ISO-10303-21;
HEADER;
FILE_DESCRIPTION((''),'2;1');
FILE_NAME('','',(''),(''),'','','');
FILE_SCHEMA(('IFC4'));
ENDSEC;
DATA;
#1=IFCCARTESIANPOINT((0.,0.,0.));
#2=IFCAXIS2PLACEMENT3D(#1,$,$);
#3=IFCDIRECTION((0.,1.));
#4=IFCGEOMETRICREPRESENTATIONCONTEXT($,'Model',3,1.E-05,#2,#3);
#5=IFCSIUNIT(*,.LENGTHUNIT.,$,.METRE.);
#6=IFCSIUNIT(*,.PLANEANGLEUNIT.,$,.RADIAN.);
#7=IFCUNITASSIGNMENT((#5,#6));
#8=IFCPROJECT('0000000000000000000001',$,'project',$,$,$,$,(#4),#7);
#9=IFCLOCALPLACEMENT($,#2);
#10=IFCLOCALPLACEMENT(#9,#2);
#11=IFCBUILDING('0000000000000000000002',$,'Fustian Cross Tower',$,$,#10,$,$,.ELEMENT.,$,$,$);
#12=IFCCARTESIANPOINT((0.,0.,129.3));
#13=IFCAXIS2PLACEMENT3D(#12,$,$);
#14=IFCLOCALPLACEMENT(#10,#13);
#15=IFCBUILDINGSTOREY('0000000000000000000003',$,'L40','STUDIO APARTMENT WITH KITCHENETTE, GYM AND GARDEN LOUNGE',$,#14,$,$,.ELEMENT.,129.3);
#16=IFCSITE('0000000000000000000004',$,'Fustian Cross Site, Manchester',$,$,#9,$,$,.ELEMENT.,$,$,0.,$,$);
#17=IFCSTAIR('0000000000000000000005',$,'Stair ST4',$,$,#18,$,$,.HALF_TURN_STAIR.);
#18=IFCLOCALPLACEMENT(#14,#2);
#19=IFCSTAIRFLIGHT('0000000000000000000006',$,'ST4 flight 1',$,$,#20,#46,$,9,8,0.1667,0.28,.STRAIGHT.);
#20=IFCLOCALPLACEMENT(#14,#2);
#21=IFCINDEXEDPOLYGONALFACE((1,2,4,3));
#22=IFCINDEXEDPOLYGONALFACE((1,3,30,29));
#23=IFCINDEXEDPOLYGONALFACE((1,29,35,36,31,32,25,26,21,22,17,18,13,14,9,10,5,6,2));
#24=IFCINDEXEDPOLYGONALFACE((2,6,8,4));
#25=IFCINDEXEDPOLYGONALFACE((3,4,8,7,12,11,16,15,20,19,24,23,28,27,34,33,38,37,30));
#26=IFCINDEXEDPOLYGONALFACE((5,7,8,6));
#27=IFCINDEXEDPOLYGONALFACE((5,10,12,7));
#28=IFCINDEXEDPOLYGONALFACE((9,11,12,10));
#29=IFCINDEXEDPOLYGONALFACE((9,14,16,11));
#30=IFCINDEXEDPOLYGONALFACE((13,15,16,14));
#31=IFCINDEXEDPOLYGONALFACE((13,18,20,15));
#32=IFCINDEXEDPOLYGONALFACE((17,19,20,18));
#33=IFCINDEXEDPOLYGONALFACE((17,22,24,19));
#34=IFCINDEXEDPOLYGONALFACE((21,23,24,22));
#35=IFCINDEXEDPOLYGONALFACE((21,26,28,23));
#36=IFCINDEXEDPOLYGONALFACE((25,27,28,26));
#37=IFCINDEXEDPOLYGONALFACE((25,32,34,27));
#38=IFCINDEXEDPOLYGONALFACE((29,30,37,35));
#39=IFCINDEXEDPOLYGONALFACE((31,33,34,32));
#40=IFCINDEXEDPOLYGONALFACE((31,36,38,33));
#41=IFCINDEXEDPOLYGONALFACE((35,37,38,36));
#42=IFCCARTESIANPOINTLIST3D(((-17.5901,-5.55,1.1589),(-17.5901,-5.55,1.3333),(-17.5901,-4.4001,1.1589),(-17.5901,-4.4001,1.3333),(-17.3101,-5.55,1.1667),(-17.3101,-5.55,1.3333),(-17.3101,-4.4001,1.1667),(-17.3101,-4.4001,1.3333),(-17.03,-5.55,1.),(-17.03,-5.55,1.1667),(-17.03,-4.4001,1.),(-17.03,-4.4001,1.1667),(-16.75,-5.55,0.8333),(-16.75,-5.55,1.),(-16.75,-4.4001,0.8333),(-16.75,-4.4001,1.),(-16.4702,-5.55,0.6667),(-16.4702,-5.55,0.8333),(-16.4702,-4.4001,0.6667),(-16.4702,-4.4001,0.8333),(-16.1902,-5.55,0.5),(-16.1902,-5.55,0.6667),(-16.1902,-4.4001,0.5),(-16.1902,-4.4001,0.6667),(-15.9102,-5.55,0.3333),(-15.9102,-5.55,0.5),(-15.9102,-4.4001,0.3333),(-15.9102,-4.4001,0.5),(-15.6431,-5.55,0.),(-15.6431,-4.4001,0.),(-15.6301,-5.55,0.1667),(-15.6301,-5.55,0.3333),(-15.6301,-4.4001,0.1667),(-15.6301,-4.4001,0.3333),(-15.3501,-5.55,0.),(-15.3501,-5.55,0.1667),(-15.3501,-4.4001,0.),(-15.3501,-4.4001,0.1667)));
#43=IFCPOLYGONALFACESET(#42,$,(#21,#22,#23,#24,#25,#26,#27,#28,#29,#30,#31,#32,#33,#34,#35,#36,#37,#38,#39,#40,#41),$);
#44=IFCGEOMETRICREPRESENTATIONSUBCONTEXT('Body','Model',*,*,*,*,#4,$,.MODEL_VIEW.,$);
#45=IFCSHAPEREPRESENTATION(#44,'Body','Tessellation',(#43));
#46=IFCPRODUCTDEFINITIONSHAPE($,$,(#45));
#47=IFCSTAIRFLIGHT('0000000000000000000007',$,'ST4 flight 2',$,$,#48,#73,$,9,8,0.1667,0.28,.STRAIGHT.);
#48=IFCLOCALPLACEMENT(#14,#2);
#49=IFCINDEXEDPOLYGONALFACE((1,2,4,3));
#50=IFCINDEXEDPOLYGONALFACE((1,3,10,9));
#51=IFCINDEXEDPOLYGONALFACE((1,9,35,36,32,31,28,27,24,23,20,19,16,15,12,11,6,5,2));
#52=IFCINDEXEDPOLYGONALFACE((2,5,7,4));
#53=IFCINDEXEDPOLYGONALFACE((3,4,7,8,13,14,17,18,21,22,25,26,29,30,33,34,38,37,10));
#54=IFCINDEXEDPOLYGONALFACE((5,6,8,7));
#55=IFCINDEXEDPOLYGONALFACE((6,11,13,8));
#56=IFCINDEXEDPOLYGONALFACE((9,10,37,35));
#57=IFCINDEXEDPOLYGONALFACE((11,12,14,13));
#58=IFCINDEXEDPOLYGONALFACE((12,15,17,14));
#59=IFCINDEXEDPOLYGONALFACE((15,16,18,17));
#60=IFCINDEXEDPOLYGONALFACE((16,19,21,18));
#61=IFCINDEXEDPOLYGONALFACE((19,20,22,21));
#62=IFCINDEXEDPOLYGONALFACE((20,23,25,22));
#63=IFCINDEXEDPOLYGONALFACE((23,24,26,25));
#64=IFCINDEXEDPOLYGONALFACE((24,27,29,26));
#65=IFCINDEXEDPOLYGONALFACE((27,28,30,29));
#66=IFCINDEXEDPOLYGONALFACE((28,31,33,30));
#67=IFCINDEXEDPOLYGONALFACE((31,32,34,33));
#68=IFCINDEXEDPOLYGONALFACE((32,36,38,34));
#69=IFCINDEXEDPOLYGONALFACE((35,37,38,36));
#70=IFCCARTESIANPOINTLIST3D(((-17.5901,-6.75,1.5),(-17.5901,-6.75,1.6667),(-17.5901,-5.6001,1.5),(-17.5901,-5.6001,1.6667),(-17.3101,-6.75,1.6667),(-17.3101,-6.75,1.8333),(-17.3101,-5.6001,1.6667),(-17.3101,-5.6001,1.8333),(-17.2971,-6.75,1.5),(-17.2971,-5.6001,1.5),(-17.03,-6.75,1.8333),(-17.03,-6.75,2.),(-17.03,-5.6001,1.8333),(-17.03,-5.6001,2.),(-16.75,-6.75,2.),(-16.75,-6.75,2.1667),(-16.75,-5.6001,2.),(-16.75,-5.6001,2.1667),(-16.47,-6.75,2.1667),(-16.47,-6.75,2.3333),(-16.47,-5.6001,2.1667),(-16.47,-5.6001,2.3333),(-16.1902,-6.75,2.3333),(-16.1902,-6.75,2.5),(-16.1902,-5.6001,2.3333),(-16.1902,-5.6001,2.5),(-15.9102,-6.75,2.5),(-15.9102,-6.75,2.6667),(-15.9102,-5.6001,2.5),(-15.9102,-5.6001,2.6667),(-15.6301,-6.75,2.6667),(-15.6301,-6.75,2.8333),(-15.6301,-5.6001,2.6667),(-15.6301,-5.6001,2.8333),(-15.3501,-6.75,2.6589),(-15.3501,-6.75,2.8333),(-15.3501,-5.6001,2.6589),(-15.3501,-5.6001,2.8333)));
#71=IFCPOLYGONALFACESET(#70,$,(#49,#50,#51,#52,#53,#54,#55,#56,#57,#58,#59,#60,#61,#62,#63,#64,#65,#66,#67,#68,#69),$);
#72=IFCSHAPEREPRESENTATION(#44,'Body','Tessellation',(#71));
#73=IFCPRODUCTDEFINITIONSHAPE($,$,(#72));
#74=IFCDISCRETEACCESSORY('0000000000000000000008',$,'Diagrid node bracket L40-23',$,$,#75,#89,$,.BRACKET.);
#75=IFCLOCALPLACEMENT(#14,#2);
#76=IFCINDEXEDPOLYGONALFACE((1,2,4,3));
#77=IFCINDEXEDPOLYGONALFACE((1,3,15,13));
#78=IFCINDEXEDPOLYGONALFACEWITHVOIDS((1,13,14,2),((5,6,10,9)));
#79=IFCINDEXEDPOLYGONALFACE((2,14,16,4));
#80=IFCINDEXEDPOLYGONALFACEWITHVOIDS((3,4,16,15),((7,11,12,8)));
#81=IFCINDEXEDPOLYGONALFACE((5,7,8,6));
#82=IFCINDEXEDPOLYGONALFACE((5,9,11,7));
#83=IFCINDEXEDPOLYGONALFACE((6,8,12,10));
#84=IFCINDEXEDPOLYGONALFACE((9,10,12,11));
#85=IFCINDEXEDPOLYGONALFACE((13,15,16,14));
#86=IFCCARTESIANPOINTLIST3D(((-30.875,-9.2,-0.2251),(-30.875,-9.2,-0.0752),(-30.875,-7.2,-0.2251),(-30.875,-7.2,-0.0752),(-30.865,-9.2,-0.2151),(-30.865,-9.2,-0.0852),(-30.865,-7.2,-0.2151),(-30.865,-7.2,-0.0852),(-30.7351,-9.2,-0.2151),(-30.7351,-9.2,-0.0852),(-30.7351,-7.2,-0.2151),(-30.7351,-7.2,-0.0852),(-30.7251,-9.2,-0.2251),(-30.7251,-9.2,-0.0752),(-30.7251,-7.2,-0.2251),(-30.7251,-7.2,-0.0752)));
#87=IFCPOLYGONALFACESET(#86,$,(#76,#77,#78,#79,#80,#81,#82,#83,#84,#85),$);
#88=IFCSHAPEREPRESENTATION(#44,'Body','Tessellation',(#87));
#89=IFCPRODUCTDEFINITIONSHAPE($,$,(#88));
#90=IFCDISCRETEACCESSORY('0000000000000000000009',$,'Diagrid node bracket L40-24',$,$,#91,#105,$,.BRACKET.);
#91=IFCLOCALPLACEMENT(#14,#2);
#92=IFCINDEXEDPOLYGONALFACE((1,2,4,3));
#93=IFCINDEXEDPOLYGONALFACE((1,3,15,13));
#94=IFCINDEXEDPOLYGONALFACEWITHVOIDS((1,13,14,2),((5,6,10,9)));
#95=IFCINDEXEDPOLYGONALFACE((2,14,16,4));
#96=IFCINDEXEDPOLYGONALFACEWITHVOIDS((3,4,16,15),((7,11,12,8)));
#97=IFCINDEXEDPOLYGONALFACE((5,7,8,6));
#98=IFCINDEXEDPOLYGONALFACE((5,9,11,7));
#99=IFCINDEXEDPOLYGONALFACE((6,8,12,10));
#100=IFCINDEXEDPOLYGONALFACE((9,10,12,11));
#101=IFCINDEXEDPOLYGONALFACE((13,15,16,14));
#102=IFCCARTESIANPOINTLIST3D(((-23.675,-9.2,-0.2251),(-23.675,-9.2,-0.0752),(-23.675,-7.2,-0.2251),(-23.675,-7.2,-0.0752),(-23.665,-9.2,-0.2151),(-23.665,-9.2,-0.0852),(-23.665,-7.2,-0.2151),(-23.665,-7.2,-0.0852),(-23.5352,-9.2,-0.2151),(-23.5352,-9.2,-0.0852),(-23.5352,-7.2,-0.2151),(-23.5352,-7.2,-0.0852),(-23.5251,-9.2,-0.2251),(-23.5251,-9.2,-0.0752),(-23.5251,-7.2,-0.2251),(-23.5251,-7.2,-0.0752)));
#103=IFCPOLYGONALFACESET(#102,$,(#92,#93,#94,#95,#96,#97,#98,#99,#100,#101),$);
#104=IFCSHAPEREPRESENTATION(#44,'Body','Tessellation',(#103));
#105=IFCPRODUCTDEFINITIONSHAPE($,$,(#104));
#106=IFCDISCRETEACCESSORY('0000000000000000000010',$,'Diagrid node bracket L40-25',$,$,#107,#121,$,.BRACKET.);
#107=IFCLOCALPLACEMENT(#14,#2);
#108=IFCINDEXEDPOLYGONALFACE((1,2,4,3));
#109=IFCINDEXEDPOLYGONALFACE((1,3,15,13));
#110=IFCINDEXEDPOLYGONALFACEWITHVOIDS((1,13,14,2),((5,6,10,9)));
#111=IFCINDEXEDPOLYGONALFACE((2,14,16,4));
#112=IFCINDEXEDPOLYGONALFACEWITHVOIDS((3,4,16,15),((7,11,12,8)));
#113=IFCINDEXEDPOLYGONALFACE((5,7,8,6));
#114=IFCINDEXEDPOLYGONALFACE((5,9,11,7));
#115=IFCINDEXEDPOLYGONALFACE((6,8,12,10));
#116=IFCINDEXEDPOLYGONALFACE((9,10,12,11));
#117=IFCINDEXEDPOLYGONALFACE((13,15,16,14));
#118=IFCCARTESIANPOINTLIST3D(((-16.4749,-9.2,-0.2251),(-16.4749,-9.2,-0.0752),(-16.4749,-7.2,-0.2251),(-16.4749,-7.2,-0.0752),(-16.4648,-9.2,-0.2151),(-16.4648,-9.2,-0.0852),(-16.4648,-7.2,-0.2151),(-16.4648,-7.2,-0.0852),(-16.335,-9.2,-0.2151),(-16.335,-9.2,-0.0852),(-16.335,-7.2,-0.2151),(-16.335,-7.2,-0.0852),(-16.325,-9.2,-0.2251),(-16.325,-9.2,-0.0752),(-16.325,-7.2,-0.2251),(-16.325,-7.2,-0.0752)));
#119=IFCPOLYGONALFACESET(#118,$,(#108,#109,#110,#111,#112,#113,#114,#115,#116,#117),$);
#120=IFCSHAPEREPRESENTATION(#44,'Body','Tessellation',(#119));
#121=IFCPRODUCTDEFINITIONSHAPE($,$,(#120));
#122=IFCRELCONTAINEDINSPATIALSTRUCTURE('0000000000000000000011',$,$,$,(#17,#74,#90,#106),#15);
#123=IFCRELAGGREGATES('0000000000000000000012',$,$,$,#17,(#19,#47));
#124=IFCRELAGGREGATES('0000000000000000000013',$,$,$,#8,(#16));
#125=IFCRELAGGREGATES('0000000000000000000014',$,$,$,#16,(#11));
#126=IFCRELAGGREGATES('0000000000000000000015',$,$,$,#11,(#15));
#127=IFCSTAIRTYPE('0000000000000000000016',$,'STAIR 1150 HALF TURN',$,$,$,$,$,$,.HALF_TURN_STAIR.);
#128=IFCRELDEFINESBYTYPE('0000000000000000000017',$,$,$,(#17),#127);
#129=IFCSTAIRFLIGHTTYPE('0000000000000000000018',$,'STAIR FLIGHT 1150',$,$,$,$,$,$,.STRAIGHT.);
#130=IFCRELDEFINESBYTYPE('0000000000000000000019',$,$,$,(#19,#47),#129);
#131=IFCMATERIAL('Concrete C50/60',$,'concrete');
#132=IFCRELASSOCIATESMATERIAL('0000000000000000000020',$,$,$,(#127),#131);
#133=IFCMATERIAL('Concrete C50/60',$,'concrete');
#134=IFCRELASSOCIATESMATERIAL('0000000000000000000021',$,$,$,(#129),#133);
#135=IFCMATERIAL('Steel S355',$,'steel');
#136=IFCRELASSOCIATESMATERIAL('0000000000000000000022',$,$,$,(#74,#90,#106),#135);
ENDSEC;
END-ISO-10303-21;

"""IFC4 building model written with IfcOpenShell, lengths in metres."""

from ifc_helpers import new_model, si_unit, direction, frame, origin, origin_2d, place, context, subcontext, project, spatial, polyline, hollow_rectangle, outline, extrude, material, type_object, element, aggregate, save


model = new_model("IFC4")

# Units and contexts
model_context = context("Model", 3, precision=1e-05, world=origin(), true_north=direction((0.0, 1.0)))
body_context = subcontext(model_context, "Body", "Model", "MODEL_VIEW")
ifc_project = project(units=[si_unit("LENGTHUNIT", "METRE"), si_unit("PLANEANGLEUNIT", "RADIAN")], contexts=[model_context])

# Site, building, storey
site_placement = place(None, origin())
site = spatial("IfcSite", under=ifc_project, at=site_placement, Name="Fustian Cross Site, Manchester", CompositionType="ELEMENT", RefElevation=0.0)
building_placement = place(site_placement, origin())
building = spatial("IfcBuilding", under=site, at=building_placement, Name="Fustian Cross Tower", CompositionType="ELEMENT")
storey_placement = place(building_placement, frame((0.0, 0.0, 129.3)))
storey = spatial("IfcBuildingStorey", under=building, at=storey_placement, Name="L40", Description="STUDIO APARTMENT WITH KITCHENETTE, GYM AND GARDEN LOUNGE", CompositionType="ELEMENT", Elevation=129.3)

# Stair, stair flights
ifc_material_1 = material(Name="Concrete C50/60", Category="concrete")
stair_type = type_object("IfcStairType", Name="STAIR 1150 HALF TURN", PredefinedType="HALF_TURN_STAIR", material=ifc_material_1)
stair_placement = place(storey_placement, origin())
stair = element("IfcStair", 1, at=stair_placement, inside=storey, type_object=stair_type, Name="Stair ST4", PredefinedType="HALF_TURN_STAIR")
ifc_material_2 = material(Name="Concrete C50/60", Category="concrete")
stair_flight_type = type_object("IfcStairFlightType", Name="STAIR FLIGHT 1150", PredefinedType="STRAIGHT", material=ifc_material_2)
stair_flight_1_placement = place(storey_placement, frame((-15.3501, -4.9751, 0.0), z_axis=(0.0, 0.0, 1.0), x_axis=(-1.0, 0.0, 0.0)))
stair_flight_1 = element("IfcStairFlight", 2, at=stair_flight_1_placement, type_object=stair_flight_type, Name="ST4 flight 1", NumberOfRisers=9, NumberOfTreads=8, PredefinedType="STRAIGHT", RiserHeight=0.1667, TreadLength=0.28, context=body_context, shape_type="SweptSolid", body=[
    extrude(outline(polyline([(0.0, 0.0), (0.0, 0.1667), (0.28, 0.1667), (0.28, 0.3333), (0.5601, 0.3333), (0.5601, 0.5), (0.8401, 0.5), (0.8401, 0.6667), (1.1201, 0.6667), (1.1201, 0.8333), (1.3999, 0.8333), (1.3999, 1.0), (1.6799, 1.0), (1.6799, 1.1667), (1.96, 1.1667), (1.96, 1.3333), (2.24, 1.3333), (2.24, 1.5), (2.24, 1.1589), (0.293, 0.0), (0.0, 0.0)])), frame((0.0, 0.575, 0.0), z_axis=(0.0, -1.0, 0.0), x_axis=(1.0, 0.0, 0.0)), (0.0, 0.0, 1.0), 1.1499),
])
stair_flight_2_placement = place(storey_placement, frame((-17.5901, -6.175, 1.5), z_axis=(0.0, 0.0, 1.0), x_axis=(1.0, 0.0, 0.0)))
stair_flight_2 = element("IfcStairFlight", 3, at=stair_flight_2_placement, type_object=stair_flight_type, Name="ST4 flight 2", NumberOfRisers=9, NumberOfTreads=8, PredefinedType="STRAIGHT", RiserHeight=0.1667, TreadLength=0.28, context=body_context, shape_type="SweptSolid", body=[
    extrude(outline(polyline([(0.0, 0.0), (0.0, 0.1667), (0.28, 0.1667), (0.28, 0.3333), (0.5601, 0.3333), (0.5601, 0.5), (0.8401, 0.5), (0.8401, 0.6667), (1.1201, 0.6667), (1.1201, 0.8333), (1.3999, 0.8333), (1.3999, 1.0), (1.6799, 1.0), (1.6799, 1.1667), (1.96, 1.1667), (1.96, 1.3333), (2.24, 1.3333), (2.24, 1.5), (2.24, 1.1589), (0.293, 0.0), (0.0, 0.0)])), frame((0.0, 0.575, 0.0), z_axis=(0.0, -1.0, 0.0), x_axis=(1.0, 0.0, 0.0)), (0.0, 0.0, 1.0), 1.1499),
])
aggregate(stair, [stair_flight_1, stair_flight_2])

# Discrete accessories
ifc_material_3 = material(Name="Steel S355", Category="steel")
for number, where, z_axis, x_axis, name in (
    (4, (-30.8, -9.2, -0.1501), (0.0, 1.0, 0.0), (-1.0, 0.0, 0.0), "Diagrid node bracket L40-23"),
    (5, (-23.6001, -9.2, -0.1501), (0.0, 1.0, 0.0), (-1.0, 0.0, 0.0), "Diagrid node bracket L40-24"),
    (6, (-16.3999, -9.2, -0.1501), (0.0, 1.0, 0.0), (-1.0, 0.0, 0.0), "Diagrid node bracket L40-25"),
):
    element("IfcDiscreteAccessory", number, at=place(storey_placement, frame(where, z_axis=z_axis, x_axis=x_axis)), inside=storey, material=ifc_material_3, Name=name, PredefinedType="BRACKET", context=body_context, shape_type="SweptSolid", body=[
        extrude(hollow_rectangle(XDim=0.1499, YDim=0.1499, WallThickness=0.01, at=origin_2d()), origin(), (0.0, 0.0, 1.0), 2.0),
    ])

save(model, "model.ifc")
